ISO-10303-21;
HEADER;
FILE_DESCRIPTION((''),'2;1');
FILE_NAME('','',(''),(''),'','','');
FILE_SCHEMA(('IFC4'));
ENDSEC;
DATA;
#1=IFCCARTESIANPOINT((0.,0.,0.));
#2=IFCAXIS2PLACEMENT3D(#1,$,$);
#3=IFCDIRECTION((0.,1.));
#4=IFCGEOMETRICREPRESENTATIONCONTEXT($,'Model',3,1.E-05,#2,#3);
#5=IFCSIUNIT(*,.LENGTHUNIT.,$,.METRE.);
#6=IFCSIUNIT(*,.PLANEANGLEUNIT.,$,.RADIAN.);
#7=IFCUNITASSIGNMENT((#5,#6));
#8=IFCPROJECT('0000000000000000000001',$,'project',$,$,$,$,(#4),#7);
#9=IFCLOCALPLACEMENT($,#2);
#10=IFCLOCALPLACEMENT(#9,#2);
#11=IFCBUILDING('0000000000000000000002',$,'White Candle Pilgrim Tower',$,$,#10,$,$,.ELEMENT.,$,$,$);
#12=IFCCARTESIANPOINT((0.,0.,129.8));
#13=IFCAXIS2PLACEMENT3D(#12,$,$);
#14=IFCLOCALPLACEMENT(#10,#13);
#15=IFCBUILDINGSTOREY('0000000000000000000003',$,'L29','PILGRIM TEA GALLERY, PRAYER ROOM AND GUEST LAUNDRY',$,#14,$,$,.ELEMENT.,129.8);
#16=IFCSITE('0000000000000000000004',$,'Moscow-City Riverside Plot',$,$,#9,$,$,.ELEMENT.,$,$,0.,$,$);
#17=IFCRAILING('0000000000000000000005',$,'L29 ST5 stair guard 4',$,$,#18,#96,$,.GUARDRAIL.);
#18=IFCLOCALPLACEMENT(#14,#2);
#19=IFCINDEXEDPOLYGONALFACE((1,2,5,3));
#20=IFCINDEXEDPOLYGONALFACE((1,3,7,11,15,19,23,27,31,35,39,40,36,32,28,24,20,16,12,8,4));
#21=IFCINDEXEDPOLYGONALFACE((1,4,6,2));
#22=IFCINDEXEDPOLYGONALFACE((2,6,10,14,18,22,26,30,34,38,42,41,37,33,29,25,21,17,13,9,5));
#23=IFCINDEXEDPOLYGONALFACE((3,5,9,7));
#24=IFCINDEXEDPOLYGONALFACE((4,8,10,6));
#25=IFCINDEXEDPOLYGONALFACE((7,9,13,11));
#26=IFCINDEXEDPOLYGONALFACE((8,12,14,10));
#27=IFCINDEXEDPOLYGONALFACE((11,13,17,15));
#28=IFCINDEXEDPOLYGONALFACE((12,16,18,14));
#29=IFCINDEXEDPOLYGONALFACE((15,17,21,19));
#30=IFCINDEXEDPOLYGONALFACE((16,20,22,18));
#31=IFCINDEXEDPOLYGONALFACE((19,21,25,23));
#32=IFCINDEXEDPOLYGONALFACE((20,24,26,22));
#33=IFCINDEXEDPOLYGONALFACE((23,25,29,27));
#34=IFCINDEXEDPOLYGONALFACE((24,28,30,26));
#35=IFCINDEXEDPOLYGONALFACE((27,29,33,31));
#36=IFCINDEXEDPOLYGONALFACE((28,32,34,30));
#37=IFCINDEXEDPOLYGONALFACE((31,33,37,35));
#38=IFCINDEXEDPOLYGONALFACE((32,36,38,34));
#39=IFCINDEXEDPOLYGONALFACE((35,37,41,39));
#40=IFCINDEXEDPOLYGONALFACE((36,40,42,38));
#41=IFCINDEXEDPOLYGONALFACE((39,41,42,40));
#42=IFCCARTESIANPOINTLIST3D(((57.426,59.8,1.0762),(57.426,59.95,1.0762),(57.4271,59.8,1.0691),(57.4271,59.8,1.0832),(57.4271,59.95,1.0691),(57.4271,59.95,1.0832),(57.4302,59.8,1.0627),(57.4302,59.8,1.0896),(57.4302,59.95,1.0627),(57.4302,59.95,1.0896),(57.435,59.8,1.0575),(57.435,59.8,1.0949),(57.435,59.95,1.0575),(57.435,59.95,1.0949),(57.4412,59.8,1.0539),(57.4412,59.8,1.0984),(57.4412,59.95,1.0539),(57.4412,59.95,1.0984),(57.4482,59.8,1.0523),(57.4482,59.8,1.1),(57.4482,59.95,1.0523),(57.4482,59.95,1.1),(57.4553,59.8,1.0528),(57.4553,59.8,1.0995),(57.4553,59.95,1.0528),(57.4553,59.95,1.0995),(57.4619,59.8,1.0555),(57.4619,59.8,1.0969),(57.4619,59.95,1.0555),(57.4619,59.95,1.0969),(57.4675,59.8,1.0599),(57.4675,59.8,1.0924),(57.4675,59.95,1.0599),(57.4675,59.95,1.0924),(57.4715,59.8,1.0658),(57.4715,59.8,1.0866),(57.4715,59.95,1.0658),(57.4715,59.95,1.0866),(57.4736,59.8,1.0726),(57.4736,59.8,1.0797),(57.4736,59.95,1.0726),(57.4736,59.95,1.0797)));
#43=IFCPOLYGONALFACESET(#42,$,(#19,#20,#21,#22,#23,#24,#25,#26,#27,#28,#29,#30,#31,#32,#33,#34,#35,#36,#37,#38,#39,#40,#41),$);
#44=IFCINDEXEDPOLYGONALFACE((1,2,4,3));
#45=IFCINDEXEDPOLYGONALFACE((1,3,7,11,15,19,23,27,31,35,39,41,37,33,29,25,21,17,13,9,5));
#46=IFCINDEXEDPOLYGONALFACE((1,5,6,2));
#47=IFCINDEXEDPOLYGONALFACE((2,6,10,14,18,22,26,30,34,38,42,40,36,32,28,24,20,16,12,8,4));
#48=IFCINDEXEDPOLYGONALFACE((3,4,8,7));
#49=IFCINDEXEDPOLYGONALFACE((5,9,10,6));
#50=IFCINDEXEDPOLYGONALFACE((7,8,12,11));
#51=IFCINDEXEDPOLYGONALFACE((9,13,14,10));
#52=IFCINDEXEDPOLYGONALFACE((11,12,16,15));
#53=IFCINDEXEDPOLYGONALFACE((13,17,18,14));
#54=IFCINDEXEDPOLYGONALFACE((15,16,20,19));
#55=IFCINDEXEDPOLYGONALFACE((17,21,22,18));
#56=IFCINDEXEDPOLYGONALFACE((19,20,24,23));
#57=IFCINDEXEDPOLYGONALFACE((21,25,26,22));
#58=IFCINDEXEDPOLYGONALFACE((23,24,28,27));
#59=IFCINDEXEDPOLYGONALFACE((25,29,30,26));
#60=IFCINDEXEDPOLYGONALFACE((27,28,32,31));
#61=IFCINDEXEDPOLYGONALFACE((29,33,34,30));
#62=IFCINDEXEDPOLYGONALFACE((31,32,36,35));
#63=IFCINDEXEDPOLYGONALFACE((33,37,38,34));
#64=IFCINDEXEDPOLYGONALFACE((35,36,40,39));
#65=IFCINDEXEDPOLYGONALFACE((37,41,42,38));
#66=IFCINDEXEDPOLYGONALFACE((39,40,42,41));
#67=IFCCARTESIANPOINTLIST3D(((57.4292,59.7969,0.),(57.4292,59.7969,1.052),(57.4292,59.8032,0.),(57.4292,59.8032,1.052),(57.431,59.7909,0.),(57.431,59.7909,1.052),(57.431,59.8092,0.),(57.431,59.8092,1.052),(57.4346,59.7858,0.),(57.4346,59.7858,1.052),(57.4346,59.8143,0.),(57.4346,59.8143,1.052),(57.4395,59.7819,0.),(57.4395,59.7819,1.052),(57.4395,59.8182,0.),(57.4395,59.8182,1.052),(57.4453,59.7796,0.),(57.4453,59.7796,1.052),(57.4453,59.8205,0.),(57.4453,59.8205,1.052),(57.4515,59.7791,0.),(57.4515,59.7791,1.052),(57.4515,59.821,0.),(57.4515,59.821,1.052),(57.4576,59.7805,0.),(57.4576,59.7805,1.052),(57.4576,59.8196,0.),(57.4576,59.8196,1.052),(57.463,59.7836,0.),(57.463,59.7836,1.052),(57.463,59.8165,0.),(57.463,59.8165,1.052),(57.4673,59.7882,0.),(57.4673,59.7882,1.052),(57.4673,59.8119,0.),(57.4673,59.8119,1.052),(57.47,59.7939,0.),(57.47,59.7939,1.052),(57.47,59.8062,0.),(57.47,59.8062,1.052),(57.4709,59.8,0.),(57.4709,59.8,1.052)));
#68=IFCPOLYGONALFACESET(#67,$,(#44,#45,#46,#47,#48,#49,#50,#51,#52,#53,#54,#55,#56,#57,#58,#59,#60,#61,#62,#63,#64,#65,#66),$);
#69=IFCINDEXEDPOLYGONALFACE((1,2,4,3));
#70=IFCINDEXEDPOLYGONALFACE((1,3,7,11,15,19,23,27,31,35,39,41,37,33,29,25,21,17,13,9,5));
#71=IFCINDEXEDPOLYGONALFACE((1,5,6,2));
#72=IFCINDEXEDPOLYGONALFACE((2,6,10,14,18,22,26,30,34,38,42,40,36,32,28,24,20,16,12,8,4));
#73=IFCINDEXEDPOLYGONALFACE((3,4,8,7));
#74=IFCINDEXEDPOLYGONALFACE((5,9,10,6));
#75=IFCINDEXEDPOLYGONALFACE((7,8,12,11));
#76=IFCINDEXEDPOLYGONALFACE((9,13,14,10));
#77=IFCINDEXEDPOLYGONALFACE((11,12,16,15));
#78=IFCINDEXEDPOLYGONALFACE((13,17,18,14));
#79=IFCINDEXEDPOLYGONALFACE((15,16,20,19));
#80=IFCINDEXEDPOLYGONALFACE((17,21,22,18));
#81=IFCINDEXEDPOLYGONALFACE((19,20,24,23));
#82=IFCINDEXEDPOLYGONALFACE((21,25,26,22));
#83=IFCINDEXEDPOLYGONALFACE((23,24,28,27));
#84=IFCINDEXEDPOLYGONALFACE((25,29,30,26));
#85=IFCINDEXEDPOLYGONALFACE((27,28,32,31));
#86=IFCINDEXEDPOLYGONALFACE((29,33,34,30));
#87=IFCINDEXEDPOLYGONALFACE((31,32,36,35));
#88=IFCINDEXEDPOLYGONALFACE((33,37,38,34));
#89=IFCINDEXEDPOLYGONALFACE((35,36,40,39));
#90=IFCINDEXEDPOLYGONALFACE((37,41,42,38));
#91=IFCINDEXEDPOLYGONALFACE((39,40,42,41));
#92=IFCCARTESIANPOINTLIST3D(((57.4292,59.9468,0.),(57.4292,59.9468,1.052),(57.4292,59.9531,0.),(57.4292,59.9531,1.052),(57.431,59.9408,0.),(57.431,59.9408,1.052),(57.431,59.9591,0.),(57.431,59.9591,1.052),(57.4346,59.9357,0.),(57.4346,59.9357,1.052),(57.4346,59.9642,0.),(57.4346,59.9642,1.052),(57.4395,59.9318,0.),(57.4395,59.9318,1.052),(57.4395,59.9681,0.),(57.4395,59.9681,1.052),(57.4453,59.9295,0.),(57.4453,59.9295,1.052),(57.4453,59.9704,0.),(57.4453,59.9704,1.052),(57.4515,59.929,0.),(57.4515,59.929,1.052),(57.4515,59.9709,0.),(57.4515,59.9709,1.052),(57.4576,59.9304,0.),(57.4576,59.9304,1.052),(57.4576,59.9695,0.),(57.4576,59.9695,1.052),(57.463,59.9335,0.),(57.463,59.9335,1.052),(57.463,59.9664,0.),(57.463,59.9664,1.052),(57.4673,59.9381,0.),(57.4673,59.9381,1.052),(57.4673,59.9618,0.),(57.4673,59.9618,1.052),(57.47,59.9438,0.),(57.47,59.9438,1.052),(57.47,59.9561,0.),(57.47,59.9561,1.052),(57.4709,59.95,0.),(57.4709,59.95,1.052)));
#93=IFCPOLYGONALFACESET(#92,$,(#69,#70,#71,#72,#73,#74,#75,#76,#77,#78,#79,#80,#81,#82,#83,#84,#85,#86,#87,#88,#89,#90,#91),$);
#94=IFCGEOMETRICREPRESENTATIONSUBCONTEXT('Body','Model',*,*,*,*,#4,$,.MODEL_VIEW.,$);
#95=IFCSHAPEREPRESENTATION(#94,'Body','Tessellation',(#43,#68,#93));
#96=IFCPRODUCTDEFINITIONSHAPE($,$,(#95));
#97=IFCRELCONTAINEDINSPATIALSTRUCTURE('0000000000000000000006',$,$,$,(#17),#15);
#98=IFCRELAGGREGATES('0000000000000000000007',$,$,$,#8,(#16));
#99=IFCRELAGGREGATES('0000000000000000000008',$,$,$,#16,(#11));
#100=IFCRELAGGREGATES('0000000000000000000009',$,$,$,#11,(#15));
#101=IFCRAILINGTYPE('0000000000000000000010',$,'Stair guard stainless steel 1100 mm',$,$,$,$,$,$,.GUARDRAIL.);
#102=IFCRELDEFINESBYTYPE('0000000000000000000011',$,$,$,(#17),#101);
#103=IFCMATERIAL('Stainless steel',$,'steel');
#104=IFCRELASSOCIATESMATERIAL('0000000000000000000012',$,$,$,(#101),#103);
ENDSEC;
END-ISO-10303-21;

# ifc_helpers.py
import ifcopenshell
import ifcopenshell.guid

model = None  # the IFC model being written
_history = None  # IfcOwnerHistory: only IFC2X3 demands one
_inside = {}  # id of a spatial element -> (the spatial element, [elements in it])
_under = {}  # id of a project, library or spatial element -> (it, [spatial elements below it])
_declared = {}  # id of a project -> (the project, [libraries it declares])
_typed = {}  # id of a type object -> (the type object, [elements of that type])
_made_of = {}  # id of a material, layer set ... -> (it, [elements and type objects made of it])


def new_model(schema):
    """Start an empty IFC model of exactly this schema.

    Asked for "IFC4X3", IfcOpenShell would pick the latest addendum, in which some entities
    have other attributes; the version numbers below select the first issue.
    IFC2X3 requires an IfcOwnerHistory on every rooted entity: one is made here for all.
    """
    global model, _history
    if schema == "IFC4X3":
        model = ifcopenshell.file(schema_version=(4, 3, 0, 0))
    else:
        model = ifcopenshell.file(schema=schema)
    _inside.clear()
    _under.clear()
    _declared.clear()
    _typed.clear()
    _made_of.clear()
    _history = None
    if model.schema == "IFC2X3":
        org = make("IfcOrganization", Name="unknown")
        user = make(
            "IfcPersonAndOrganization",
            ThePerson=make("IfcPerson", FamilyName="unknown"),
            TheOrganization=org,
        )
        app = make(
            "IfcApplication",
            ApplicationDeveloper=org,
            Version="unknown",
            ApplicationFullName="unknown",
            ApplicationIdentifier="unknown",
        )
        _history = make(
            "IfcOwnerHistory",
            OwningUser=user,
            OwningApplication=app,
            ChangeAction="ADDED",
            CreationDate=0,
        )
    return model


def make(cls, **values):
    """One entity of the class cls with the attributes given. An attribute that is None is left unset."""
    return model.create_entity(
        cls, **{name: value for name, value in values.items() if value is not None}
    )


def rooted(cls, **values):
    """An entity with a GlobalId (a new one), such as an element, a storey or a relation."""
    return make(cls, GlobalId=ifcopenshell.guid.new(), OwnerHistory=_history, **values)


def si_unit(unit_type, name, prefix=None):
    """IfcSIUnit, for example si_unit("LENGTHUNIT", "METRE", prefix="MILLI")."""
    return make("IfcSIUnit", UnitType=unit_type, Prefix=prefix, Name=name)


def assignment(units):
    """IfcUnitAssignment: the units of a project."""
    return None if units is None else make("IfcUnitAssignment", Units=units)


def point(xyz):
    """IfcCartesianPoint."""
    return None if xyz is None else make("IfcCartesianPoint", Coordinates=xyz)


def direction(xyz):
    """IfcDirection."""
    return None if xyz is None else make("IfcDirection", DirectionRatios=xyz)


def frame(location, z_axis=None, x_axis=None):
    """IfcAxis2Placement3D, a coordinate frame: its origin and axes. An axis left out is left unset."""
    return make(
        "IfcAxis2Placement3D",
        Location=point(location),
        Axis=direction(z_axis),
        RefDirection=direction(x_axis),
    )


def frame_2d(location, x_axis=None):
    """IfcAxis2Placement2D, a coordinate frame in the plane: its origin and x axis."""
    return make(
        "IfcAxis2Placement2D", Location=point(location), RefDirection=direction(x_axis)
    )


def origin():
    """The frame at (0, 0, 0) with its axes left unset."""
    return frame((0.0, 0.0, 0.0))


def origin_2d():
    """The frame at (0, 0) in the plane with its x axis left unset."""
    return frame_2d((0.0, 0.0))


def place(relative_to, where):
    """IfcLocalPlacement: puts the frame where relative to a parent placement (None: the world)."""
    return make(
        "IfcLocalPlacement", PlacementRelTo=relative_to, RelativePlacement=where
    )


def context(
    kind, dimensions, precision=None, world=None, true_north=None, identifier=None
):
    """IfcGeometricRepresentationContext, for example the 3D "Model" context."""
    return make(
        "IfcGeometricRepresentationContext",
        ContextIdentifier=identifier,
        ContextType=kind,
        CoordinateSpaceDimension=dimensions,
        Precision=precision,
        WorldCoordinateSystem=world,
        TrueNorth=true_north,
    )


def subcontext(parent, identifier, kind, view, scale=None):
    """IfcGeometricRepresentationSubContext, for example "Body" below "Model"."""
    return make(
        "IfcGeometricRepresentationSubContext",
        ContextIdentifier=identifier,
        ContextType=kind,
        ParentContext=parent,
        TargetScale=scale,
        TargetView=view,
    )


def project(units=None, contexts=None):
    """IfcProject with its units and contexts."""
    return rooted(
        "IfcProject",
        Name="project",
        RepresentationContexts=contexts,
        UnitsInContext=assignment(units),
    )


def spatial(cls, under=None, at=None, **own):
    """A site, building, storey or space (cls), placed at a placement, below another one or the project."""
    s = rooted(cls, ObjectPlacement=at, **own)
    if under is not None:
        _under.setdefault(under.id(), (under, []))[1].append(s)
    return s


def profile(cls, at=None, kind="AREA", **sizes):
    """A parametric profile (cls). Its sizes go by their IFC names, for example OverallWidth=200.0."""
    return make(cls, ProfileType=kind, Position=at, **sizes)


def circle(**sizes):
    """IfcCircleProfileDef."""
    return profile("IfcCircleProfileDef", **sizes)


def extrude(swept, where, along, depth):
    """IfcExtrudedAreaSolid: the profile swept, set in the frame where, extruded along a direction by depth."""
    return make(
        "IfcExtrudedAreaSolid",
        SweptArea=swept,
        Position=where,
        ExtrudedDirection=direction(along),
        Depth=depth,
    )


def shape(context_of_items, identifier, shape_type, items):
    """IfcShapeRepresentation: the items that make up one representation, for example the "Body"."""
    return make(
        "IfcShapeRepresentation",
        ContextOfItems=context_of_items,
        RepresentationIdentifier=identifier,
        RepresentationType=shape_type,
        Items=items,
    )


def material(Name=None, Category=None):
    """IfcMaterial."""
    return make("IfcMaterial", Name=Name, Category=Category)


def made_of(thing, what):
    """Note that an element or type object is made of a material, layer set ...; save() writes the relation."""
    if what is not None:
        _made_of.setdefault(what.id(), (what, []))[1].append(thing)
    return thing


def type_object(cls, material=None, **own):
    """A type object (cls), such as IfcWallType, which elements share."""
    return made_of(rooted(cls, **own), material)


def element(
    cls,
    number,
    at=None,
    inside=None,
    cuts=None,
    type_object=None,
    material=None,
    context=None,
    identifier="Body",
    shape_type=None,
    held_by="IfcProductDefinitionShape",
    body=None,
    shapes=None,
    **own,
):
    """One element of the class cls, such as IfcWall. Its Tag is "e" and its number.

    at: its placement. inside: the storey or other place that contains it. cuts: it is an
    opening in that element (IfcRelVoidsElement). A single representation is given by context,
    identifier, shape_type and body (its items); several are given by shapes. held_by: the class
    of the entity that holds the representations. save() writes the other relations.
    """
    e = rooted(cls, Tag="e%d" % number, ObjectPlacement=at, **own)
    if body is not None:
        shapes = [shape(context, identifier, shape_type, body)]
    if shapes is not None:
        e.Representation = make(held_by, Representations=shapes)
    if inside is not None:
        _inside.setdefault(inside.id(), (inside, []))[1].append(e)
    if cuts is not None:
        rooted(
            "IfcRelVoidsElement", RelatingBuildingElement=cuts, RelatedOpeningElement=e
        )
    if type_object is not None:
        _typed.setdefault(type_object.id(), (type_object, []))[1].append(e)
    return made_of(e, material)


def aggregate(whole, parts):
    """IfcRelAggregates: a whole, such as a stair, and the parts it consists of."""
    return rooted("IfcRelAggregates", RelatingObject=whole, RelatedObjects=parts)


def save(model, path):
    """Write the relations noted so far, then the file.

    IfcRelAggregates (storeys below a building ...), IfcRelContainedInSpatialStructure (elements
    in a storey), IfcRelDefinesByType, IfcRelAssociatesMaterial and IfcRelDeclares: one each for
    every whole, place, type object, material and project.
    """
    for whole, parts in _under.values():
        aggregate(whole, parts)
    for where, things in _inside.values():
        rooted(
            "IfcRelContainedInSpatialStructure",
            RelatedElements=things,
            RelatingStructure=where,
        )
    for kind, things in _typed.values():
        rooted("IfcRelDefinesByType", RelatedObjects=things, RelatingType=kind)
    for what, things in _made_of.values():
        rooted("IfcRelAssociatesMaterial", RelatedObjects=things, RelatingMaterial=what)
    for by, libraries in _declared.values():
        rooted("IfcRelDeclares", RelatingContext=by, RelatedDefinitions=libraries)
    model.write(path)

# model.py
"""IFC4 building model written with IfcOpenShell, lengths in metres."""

from ifc_helpers import new_model, si_unit, direction, frame, origin, origin_2d, place, context, subcontext, project, spatial, circle, extrude, material, type_object, element, save


model = new_model("IFC4")

# Units and contexts
model_context = context("Model", 3, precision=1e-05, world=origin(), true_north=direction((0.0, 1.0)))
body_context = subcontext(model_context, "Body", "Model", "MODEL_VIEW")
ifc_project = project(units=[si_unit("LENGTHUNIT", "METRE"), si_unit("PLANEANGLEUNIT", "RADIAN")], contexts=[model_context])

# Site, building, storey
site_placement = place(None, origin())
site = spatial("IfcSite", under=ifc_project, at=site_placement, Name="Moscow-City Riverside Plot", CompositionType="ELEMENT", RefElevation=0.0)
building_placement = place(site_placement, origin())
building = spatial("IfcBuilding", under=site, at=building_placement, Name="White Candle Pilgrim Tower", CompositionType="ELEMENT")
storey_placement = place(building_placement, frame((0.0, 0.0, 129.8)))
storey = spatial("IfcBuildingStorey", under=building, at=storey_placement, Name="L29", Description="PILGRIM TEA GALLERY, PRAYER ROOM AND GUEST LAUNDRY", CompositionType="ELEMENT", Elevation=129.8)

# Railing
ifc_material_1 = material(Name="Stainless steel", Category="steel")
railing_type_1 = type_object("IfcRailingType", Name="Stair guard stainless steel 1100 mm", PredefinedType="GUARDRAIL", material=ifc_material_1)
railing_1_placement = place(storey_placement, frame((57.45, 59.8, 0.0)))
element("IfcRailing", 1, at=railing_1_placement, inside=storey, type_object=railing_type_1, Name="L29 ST5 stair guard 4", PredefinedType="GUARDRAIL", context=body_context, shape_type="SweptSolid", body=[
    extrude(circle(Radius=0.0239, at=origin_2d()), frame((0.0, 0.0, 1.0762), z_axis=(0.0, 1.0, 0.0), x_axis=(-1.0, 0.0, 0.0)), (0.0, 0.0, 1.0), 0.1499),
    extrude(circle(Radius=0.021, at=origin_2d()), origin(), (0.0, 0.0, 1.0), 1.052),
    extrude(circle(Radius=0.021, at=origin_2d()), frame((0.0, 0.1499, 0.0)), (0.0, 0.0, 1.0), 1.052),
])

save(model, "model.ifc")
